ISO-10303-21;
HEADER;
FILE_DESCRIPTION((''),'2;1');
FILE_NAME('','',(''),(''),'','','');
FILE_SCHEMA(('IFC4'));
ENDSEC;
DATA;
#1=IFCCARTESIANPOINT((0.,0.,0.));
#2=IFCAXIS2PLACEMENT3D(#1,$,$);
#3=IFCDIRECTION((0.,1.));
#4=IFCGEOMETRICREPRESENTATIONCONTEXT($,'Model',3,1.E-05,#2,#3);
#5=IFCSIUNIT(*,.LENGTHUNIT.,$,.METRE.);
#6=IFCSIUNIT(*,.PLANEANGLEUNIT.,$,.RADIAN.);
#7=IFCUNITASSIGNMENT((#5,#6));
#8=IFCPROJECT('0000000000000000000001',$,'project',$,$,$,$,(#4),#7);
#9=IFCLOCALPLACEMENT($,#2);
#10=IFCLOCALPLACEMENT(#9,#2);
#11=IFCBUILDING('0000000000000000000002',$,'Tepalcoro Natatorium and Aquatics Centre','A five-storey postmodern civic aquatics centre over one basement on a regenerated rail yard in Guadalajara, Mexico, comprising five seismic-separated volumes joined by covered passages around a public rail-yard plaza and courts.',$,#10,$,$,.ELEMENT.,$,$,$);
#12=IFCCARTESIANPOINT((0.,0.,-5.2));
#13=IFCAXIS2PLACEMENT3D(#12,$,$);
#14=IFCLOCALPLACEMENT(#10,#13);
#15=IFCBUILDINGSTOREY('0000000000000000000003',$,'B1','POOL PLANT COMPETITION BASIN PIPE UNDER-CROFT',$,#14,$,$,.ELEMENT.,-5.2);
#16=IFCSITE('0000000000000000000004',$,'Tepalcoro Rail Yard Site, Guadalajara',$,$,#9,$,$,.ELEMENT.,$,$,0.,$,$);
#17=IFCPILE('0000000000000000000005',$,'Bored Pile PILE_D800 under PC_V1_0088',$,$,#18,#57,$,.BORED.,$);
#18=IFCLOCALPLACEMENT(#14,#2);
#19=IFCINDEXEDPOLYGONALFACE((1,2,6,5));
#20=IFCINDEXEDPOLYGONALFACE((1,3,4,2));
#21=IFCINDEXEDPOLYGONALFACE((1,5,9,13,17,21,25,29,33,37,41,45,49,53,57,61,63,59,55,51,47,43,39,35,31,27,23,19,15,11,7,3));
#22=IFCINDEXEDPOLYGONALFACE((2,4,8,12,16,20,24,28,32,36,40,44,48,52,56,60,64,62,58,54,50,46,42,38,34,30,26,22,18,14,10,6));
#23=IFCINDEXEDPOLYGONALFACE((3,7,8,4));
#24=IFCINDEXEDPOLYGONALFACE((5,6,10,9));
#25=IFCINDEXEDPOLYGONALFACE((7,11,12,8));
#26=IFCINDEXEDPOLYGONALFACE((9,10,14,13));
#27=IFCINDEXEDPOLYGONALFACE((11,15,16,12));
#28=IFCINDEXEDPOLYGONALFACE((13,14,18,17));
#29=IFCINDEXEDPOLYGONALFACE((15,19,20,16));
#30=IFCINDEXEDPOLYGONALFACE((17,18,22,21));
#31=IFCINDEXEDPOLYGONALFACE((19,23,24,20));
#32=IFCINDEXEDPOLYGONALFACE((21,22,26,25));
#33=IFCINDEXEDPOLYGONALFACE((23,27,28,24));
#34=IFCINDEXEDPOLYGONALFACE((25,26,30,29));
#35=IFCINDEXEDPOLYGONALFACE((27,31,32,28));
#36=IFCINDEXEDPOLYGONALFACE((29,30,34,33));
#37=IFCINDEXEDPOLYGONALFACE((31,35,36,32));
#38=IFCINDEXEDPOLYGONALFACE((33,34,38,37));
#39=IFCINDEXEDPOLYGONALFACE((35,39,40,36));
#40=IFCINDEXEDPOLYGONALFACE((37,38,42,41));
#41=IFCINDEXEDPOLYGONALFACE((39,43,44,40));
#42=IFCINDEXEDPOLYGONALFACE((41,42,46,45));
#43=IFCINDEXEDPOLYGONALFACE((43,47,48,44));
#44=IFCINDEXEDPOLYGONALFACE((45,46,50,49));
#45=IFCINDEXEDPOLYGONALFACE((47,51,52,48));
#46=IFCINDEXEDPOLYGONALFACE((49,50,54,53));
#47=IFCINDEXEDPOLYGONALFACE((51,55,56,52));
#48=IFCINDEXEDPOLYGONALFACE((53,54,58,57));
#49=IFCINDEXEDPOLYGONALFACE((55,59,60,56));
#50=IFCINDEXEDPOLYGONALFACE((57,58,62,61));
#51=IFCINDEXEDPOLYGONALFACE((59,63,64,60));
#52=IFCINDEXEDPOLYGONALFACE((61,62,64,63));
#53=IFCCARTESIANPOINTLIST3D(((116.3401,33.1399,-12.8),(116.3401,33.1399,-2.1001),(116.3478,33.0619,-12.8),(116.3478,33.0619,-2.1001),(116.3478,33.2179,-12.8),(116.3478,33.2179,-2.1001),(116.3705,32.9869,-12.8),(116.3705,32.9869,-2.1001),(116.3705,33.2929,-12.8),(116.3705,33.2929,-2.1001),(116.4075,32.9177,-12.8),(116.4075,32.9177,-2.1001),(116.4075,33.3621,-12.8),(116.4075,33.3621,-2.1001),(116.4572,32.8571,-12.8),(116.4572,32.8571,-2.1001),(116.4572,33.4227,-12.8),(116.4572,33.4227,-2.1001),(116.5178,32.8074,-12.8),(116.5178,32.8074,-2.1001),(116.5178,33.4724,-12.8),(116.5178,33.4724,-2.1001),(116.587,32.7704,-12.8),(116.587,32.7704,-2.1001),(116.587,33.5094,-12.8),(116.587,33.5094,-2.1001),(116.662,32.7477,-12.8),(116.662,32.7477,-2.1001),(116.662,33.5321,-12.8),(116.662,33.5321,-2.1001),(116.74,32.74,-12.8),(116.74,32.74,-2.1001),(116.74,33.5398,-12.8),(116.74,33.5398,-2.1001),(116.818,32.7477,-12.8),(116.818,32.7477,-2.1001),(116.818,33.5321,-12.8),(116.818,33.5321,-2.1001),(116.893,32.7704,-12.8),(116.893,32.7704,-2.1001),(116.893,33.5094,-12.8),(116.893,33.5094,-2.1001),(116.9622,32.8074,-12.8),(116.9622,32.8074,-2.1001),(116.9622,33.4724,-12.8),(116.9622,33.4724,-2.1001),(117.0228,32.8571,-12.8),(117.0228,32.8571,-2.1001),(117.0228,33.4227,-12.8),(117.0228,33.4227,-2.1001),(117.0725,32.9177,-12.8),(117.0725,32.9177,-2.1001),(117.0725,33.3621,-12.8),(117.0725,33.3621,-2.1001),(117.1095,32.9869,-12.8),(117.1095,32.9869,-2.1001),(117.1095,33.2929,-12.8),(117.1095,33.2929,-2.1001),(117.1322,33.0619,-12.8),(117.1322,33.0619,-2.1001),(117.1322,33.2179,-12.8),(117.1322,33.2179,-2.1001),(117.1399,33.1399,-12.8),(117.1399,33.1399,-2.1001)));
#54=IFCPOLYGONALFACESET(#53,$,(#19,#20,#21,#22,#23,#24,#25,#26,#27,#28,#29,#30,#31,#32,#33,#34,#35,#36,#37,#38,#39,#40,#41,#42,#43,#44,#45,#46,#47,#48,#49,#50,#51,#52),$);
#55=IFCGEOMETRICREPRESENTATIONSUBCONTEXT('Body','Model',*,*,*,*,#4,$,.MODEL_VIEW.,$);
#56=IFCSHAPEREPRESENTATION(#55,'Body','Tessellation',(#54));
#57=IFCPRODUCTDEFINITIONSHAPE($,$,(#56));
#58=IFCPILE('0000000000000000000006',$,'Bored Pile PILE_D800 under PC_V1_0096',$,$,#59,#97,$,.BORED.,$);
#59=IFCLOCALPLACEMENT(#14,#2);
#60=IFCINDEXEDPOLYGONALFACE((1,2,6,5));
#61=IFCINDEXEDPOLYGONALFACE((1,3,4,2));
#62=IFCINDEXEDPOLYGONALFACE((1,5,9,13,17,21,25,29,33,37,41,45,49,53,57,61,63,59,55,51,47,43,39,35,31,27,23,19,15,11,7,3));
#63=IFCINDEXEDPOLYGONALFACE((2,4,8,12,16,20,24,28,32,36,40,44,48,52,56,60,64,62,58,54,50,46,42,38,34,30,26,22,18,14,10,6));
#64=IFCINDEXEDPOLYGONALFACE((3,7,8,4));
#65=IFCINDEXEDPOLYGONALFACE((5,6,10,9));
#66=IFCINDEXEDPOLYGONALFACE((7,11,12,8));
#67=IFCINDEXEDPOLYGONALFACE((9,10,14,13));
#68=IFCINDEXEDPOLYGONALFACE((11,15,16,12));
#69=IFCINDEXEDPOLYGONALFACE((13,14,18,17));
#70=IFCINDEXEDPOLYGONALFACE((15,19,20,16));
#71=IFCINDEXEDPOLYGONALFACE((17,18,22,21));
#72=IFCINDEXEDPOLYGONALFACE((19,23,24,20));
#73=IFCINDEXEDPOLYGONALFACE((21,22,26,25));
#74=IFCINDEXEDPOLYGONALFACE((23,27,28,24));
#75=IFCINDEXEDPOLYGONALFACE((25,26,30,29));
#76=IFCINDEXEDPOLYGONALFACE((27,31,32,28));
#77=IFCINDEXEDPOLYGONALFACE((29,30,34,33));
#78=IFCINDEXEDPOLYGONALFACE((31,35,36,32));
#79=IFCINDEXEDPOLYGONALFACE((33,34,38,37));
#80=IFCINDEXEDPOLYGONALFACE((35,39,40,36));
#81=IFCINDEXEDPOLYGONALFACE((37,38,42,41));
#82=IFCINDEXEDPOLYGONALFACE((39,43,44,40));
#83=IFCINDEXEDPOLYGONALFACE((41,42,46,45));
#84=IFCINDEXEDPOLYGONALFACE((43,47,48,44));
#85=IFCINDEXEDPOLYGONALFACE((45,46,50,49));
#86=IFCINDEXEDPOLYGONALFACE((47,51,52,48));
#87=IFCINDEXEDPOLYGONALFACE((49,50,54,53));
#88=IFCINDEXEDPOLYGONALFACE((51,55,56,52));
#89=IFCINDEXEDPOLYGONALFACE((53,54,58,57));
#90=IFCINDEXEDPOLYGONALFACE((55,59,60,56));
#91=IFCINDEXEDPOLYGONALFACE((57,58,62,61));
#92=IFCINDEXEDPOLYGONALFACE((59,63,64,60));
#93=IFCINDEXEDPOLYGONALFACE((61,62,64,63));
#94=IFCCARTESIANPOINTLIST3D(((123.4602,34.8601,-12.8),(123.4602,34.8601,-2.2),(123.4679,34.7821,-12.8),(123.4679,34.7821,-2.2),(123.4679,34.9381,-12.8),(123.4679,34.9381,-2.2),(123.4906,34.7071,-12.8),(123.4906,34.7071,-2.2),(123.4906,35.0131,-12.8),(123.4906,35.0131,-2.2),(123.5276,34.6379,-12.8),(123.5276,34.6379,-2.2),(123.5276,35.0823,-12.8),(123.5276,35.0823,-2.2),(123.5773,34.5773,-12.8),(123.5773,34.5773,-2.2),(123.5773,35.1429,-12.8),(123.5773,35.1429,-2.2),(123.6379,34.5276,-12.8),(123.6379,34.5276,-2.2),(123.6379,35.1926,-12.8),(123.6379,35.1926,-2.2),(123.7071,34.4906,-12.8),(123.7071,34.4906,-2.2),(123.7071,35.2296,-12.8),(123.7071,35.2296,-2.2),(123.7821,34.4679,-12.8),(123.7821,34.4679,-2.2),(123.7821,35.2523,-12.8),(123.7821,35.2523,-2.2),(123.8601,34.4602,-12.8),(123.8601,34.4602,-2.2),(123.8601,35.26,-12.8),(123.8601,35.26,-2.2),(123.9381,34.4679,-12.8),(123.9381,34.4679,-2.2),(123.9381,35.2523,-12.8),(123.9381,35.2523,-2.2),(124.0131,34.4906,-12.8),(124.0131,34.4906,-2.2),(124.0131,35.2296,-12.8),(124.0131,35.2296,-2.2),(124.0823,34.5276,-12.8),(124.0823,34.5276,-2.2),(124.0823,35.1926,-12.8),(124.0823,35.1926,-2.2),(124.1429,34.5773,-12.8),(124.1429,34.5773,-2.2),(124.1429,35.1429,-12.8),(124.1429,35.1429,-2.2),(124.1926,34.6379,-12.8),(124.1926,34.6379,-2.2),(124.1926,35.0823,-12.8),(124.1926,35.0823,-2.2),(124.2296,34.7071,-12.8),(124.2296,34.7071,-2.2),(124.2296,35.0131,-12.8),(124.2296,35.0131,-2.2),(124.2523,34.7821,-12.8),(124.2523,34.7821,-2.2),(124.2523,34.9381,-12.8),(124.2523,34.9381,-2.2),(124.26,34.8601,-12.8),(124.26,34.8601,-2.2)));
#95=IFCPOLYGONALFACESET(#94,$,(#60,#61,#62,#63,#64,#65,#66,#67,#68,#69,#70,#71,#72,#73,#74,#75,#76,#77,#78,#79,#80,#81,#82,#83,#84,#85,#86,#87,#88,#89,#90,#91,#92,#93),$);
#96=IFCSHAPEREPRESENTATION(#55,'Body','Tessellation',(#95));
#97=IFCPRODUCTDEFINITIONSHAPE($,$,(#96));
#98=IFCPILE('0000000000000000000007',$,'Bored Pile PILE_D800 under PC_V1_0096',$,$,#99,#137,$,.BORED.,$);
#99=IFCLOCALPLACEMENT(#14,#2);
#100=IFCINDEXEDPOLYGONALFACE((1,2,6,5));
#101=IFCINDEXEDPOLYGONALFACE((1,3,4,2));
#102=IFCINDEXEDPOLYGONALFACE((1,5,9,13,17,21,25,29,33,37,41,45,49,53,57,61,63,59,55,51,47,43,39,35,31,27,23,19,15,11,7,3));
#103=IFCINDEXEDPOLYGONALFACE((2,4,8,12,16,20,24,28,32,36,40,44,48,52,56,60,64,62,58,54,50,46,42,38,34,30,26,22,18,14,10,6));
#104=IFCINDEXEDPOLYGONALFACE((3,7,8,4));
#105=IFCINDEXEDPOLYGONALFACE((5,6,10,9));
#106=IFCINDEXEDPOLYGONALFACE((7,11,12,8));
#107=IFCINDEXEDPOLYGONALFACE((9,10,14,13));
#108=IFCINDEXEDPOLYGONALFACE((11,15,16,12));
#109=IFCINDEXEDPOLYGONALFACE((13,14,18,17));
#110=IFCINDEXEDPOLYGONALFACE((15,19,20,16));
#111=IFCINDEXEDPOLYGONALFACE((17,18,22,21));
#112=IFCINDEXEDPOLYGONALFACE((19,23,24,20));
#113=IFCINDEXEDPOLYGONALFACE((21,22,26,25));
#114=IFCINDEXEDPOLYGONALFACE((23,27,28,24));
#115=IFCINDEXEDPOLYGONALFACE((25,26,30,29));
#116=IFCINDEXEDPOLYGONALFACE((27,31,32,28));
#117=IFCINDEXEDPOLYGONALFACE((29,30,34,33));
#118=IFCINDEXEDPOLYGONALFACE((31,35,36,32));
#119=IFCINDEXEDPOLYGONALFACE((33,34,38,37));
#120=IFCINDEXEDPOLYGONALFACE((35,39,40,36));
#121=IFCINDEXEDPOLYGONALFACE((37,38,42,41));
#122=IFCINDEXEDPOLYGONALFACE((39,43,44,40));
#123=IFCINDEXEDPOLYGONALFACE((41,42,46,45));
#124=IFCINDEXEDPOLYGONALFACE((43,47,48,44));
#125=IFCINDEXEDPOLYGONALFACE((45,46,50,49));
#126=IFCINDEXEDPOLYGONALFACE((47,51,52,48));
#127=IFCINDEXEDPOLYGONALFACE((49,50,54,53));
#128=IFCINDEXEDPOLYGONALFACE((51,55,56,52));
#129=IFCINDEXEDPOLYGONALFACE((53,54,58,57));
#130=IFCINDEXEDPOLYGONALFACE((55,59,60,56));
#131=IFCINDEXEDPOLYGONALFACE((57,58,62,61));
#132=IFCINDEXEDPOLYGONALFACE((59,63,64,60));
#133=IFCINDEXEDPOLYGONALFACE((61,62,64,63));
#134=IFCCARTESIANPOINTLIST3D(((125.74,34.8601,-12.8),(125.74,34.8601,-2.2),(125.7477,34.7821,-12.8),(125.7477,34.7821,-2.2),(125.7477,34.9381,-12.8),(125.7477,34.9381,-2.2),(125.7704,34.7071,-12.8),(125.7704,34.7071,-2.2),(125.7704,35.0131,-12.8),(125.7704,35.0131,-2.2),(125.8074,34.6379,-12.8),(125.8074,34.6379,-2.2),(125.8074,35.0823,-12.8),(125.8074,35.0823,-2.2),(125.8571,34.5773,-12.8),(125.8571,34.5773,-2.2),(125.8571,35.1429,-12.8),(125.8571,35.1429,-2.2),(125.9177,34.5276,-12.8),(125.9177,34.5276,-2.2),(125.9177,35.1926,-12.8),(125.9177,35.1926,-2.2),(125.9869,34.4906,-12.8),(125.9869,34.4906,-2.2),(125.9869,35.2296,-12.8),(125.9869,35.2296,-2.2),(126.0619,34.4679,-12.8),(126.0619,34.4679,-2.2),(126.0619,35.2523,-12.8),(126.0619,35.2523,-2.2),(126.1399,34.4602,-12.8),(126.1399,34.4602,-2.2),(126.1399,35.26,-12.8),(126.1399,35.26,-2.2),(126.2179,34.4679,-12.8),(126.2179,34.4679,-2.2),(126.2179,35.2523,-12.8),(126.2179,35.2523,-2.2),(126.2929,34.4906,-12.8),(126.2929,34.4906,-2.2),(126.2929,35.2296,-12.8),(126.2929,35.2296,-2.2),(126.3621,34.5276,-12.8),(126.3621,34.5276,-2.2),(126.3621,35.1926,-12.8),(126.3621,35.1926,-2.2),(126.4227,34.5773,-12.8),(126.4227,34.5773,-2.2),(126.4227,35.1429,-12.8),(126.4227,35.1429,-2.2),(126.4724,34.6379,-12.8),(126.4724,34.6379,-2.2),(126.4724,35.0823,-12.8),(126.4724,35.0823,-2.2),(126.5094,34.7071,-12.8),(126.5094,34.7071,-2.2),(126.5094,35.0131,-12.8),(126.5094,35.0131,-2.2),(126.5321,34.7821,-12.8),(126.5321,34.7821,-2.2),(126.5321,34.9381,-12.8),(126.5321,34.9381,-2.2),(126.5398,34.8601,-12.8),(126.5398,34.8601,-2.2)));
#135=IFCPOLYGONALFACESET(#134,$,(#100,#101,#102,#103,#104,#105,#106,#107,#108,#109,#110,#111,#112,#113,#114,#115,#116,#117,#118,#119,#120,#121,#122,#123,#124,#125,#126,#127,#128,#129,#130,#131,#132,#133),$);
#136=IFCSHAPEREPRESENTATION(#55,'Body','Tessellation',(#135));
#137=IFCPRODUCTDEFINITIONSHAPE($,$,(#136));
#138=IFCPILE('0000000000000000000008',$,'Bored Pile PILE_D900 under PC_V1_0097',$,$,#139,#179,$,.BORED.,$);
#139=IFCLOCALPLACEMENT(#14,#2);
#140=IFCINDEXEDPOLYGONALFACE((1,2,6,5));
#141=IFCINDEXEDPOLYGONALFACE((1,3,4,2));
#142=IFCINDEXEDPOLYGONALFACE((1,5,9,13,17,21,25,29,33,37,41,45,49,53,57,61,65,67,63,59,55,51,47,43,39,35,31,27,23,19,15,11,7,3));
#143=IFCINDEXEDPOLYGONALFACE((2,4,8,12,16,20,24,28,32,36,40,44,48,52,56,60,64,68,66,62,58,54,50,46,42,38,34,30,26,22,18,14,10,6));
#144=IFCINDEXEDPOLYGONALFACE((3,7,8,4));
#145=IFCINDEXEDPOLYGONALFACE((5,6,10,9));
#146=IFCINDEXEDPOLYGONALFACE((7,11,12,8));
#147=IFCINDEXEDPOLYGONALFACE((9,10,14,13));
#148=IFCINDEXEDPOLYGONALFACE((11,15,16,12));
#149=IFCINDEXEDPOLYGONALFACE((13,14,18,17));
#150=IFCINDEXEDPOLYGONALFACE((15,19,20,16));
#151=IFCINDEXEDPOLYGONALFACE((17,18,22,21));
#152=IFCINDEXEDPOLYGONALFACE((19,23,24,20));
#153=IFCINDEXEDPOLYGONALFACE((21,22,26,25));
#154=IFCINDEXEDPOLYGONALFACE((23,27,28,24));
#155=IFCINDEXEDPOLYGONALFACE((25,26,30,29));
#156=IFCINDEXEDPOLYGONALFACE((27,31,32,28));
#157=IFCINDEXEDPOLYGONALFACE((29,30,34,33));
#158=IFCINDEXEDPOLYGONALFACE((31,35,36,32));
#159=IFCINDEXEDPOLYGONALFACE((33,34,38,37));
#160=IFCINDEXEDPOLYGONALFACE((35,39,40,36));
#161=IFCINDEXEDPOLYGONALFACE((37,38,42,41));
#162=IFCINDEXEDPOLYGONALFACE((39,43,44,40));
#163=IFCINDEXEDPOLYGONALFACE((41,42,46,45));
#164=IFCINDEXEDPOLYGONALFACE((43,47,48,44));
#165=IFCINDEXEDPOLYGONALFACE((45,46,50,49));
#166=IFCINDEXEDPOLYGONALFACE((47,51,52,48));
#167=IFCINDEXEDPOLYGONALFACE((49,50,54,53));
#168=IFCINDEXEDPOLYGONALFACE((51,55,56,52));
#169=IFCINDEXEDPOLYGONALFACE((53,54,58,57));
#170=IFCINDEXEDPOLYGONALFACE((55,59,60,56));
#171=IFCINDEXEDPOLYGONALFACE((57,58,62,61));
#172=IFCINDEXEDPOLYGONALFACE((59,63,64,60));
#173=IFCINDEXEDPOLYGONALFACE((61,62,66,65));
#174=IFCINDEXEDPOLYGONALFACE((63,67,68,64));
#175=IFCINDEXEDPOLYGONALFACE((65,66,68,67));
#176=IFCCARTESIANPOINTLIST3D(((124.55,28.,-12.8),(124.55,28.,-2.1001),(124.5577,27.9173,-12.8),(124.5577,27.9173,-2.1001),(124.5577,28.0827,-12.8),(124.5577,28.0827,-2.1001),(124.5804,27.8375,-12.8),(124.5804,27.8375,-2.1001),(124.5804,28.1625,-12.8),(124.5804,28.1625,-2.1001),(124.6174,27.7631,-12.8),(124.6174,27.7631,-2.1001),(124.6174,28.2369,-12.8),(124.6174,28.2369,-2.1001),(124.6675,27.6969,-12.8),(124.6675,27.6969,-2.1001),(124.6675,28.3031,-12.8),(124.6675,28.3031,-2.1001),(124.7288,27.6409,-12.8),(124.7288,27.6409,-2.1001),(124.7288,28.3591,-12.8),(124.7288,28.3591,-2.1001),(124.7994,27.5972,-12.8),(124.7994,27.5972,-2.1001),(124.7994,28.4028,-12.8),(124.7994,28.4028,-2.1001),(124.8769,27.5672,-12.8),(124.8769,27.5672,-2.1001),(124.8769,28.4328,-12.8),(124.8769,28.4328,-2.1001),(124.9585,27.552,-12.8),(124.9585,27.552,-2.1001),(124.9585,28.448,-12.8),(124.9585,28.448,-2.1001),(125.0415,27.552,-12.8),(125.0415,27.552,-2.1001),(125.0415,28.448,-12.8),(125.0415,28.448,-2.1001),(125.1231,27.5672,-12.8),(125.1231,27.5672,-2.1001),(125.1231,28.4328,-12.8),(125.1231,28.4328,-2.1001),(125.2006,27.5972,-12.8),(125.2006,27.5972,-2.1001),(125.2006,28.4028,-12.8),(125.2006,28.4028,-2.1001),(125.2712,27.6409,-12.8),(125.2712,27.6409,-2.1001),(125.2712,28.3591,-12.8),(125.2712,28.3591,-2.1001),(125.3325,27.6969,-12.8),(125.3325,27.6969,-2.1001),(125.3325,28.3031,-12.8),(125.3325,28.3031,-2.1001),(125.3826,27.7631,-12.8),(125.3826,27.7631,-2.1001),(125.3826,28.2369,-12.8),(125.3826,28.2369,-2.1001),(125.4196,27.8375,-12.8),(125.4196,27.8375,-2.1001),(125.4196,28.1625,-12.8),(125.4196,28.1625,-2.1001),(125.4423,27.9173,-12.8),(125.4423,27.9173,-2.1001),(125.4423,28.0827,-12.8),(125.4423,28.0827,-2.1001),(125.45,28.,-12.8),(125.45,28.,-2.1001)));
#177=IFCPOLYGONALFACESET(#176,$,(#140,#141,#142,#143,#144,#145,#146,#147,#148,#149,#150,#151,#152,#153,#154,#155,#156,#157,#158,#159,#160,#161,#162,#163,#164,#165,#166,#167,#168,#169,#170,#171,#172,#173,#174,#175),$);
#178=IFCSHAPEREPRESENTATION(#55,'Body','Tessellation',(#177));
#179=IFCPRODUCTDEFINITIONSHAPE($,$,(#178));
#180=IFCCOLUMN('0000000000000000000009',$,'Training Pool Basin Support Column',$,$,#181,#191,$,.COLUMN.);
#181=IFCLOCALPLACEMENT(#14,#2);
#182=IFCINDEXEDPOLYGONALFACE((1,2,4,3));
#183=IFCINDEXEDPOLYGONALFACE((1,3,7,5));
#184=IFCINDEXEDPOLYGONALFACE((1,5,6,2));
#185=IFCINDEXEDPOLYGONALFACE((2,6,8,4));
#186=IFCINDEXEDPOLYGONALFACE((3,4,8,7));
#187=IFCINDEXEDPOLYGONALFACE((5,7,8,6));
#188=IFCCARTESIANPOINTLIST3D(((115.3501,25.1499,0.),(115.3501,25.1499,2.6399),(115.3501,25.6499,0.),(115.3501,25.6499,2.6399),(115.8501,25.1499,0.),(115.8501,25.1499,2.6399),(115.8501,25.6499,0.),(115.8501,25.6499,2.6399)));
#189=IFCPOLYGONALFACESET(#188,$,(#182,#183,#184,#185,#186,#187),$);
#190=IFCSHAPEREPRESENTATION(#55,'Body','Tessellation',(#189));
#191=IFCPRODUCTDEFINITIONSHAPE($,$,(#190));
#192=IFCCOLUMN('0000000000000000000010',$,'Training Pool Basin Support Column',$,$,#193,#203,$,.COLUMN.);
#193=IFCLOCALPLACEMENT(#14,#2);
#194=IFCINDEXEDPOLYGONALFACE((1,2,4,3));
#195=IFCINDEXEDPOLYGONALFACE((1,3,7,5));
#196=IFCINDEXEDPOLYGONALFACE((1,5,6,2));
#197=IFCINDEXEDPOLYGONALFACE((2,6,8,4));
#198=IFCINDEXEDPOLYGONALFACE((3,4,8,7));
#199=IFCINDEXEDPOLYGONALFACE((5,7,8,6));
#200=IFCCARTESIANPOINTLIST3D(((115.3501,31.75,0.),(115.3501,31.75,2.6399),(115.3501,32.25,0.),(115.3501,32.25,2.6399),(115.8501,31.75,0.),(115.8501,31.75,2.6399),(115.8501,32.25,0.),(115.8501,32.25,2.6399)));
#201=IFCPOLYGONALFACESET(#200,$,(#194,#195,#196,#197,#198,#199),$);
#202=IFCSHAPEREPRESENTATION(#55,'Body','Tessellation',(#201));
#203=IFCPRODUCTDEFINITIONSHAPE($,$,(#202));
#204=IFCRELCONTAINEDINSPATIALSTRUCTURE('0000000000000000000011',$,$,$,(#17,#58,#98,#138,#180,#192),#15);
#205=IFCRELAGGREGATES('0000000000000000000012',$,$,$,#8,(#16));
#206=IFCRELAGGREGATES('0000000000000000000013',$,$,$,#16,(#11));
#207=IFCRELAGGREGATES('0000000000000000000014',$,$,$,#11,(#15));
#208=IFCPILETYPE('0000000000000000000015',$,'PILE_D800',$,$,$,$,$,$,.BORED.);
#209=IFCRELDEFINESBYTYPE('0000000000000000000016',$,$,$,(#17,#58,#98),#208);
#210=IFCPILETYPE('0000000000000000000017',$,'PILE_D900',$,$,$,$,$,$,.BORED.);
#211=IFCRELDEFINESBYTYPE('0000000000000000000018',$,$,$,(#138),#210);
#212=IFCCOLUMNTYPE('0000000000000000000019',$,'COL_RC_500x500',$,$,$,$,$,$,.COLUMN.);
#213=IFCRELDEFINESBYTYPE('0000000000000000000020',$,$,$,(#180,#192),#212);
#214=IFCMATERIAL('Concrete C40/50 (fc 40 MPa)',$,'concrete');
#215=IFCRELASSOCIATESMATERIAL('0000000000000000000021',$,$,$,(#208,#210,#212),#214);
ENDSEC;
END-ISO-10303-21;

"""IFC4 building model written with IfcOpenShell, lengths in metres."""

from ifc_helpers import new_model, si_unit, direction, frame, origin, origin_2d, place, context, subcontext, project, spatial, rectangle, circle, extrude, material, material_profile, profile_set, type_object, element, save


model = new_model("IFC4")

# Units and contexts
model_context = context("Model", 3, precision=1e-05, world=origin(), true_north=direction((0.0, 1.0)))
body_context = subcontext(model_context, "Body", "Model", "MODEL_VIEW")
ifc_project = project(units=[si_unit("LENGTHUNIT", "METRE"), si_unit("PLANEANGLEUNIT", "RADIAN")], contexts=[model_context])

# Site, building, storey
site_placement = place(None, origin())
site = spatial("IfcSite", under=ifc_project, at=site_placement, Name="Tepalcoro Rail Yard Site, Guadalajara", CompositionType="ELEMENT", RefElevation=0.0)
building_placement = place(site_placement, origin())
building = spatial("IfcBuilding", under=site, at=building_placement, Name="Tepalcoro Natatorium and Aquatics Centre", Description="A five-storey postmodern civic aquatics centre over one basement on a regenerated rail yard in Guadalajara, Mexico, comprising five seismic-separated volumes joined by covered passages around a public rail-yard plaza and courts.", CompositionType="ELEMENT")
storey_placement = place(building_placement, frame((0.0, 0.0, -5.2)))
storey = spatial("IfcBuildingStorey", under=building, at=storey_placement, Name="B1", Description="POOL PLANT COMPETITION BASIN PIPE UNDER-CROFT", CompositionType="ELEMENT", Elevation=-5.2)

# Piles
ifc_material = material(Name="Concrete C40/50 (fc 40 MPa)", Category="concrete")
ifc_material_profile_1 = material_profile(ifc_material, circle(Radius=0.3999, at=origin_2d()), Name="PILE_D800")
ifc_profile_set_1 = profile_set([ifc_material_profile_1], Name="Concrete C40/50 (fc 40 MPa)")
pile_type_1 = type_object("IfcPileType", Name="PILE_D800", PredefinedType="BORED", material=ifc_profile_set_1)
for number, where, z_axis, x_axis, name in (
    (1, (116.74, 33.1399, -2.1001), (0.0, 0.0, -1.0), (1.0, 0.0, 0.0), "Bored Pile PILE_D800 under PC_V1_0088"),
):
    element("IfcPile", number, at=place(storey_placement, frame(where, z_axis=z_axis, x_axis=x_axis)), inside=storey, type_object=pile_type_1, Name=name, PredefinedType="BORED", context=body_context, shape_type="SweptSolid", body=[
        extrude(circle(Radius=0.3999, at=origin_2d()), origin(), (0.0, 0.0, 1.0), 10.7),
    ])
for number, where, z_axis, x_axis, name in (
    (2, (123.8601, 34.8601, -2.2), (0.0, 0.0, -1.0), (1.0, 0.0, 0.0), "Bored Pile PILE_D800 under PC_V1_0096"),
    (3, (126.1399, 34.8601, -2.2), (0.0, 0.0, -1.0), (1.0, 0.0, 0.0), "Bored Pile PILE_D800 under PC_V1_0096"),
):
    element("IfcPile", number, at=place(storey_placement, frame(where, z_axis=z_axis, x_axis=x_axis)), inside=storey, type_object=pile_type_1, Name=name, PredefinedType="BORED", context=body_context, shape_type="SweptSolid", body=[
        extrude(circle(Radius=0.3999, at=origin_2d()), origin(), (0.0, 0.0, 1.0), 10.6001),
    ])
ifc_material_profile_2 = material_profile(ifc_material, circle(Radius=0.45, at=origin_2d()), Name="PILE_D900")
ifc_profile_set_2 = profile_set([ifc_material_profile_2], Name="Concrete C40/50 (fc 40 MPa)")
pile_type_2 = type_object("IfcPileType", Name="PILE_D900", PredefinedType="BORED", material=ifc_profile_set_2)
pile_1_placement = place(storey_placement, frame((125.0, 28.0, -2.1001), z_axis=(0.0, 0.0, -1.0), x_axis=(1.0, 0.0, 0.0)))
element("IfcPile", 4, at=pile_1_placement, inside=storey, type_object=pile_type_2, Name="Bored Pile PILE_D900 under PC_V1_0097", PredefinedType="BORED", context=body_context, shape_type="SweptSolid", body=[
    extrude(circle(Radius=0.45, at=origin_2d()), origin(), (0.0, 0.0, 1.0), 10.7),
])

# Columns
ifc_material_profile_3 = material_profile(ifc_material, rectangle(XDim=0.5, YDim=0.5, at=origin_2d()), Name="RC500x500")
ifc_profile_set_3 = profile_set([ifc_material_profile_3], Name="Concrete C40/50 (fc 40 MPa)")
column_type_1 = type_object("IfcColumnType", Name="COL_RC_500x500", PredefinedType="COLUMN", material=ifc_profile_set_3)
for number, where, z_axis, x_axis, name in (
    (5, (115.6001, 25.3999, 0.0), (0.0, 0.0, 1.0), (1.0, 0.0, 0.0), "Training Pool Basin Support Column"),
    (6, (115.6001, 32.0, 0.0), (0.0, 0.0, 1.0), (1.0, 0.0, 0.0), "Training Pool Basin Support Column"),
):
    element("IfcColumn", number, at=place(storey_placement, frame(where, z_axis=z_axis, x_axis=x_axis)), inside=storey, type_object=column_type_1, Name=name, PredefinedType="COLUMN", context=body_context, shape_type="SweptSolid", body=[
        extrude(rectangle(XDim=0.5, YDim=0.5, at=origin_2d()), origin(), (0.0, 0.0, 1.0), 2.6399),
    ])

save(model, "model.ifc")
